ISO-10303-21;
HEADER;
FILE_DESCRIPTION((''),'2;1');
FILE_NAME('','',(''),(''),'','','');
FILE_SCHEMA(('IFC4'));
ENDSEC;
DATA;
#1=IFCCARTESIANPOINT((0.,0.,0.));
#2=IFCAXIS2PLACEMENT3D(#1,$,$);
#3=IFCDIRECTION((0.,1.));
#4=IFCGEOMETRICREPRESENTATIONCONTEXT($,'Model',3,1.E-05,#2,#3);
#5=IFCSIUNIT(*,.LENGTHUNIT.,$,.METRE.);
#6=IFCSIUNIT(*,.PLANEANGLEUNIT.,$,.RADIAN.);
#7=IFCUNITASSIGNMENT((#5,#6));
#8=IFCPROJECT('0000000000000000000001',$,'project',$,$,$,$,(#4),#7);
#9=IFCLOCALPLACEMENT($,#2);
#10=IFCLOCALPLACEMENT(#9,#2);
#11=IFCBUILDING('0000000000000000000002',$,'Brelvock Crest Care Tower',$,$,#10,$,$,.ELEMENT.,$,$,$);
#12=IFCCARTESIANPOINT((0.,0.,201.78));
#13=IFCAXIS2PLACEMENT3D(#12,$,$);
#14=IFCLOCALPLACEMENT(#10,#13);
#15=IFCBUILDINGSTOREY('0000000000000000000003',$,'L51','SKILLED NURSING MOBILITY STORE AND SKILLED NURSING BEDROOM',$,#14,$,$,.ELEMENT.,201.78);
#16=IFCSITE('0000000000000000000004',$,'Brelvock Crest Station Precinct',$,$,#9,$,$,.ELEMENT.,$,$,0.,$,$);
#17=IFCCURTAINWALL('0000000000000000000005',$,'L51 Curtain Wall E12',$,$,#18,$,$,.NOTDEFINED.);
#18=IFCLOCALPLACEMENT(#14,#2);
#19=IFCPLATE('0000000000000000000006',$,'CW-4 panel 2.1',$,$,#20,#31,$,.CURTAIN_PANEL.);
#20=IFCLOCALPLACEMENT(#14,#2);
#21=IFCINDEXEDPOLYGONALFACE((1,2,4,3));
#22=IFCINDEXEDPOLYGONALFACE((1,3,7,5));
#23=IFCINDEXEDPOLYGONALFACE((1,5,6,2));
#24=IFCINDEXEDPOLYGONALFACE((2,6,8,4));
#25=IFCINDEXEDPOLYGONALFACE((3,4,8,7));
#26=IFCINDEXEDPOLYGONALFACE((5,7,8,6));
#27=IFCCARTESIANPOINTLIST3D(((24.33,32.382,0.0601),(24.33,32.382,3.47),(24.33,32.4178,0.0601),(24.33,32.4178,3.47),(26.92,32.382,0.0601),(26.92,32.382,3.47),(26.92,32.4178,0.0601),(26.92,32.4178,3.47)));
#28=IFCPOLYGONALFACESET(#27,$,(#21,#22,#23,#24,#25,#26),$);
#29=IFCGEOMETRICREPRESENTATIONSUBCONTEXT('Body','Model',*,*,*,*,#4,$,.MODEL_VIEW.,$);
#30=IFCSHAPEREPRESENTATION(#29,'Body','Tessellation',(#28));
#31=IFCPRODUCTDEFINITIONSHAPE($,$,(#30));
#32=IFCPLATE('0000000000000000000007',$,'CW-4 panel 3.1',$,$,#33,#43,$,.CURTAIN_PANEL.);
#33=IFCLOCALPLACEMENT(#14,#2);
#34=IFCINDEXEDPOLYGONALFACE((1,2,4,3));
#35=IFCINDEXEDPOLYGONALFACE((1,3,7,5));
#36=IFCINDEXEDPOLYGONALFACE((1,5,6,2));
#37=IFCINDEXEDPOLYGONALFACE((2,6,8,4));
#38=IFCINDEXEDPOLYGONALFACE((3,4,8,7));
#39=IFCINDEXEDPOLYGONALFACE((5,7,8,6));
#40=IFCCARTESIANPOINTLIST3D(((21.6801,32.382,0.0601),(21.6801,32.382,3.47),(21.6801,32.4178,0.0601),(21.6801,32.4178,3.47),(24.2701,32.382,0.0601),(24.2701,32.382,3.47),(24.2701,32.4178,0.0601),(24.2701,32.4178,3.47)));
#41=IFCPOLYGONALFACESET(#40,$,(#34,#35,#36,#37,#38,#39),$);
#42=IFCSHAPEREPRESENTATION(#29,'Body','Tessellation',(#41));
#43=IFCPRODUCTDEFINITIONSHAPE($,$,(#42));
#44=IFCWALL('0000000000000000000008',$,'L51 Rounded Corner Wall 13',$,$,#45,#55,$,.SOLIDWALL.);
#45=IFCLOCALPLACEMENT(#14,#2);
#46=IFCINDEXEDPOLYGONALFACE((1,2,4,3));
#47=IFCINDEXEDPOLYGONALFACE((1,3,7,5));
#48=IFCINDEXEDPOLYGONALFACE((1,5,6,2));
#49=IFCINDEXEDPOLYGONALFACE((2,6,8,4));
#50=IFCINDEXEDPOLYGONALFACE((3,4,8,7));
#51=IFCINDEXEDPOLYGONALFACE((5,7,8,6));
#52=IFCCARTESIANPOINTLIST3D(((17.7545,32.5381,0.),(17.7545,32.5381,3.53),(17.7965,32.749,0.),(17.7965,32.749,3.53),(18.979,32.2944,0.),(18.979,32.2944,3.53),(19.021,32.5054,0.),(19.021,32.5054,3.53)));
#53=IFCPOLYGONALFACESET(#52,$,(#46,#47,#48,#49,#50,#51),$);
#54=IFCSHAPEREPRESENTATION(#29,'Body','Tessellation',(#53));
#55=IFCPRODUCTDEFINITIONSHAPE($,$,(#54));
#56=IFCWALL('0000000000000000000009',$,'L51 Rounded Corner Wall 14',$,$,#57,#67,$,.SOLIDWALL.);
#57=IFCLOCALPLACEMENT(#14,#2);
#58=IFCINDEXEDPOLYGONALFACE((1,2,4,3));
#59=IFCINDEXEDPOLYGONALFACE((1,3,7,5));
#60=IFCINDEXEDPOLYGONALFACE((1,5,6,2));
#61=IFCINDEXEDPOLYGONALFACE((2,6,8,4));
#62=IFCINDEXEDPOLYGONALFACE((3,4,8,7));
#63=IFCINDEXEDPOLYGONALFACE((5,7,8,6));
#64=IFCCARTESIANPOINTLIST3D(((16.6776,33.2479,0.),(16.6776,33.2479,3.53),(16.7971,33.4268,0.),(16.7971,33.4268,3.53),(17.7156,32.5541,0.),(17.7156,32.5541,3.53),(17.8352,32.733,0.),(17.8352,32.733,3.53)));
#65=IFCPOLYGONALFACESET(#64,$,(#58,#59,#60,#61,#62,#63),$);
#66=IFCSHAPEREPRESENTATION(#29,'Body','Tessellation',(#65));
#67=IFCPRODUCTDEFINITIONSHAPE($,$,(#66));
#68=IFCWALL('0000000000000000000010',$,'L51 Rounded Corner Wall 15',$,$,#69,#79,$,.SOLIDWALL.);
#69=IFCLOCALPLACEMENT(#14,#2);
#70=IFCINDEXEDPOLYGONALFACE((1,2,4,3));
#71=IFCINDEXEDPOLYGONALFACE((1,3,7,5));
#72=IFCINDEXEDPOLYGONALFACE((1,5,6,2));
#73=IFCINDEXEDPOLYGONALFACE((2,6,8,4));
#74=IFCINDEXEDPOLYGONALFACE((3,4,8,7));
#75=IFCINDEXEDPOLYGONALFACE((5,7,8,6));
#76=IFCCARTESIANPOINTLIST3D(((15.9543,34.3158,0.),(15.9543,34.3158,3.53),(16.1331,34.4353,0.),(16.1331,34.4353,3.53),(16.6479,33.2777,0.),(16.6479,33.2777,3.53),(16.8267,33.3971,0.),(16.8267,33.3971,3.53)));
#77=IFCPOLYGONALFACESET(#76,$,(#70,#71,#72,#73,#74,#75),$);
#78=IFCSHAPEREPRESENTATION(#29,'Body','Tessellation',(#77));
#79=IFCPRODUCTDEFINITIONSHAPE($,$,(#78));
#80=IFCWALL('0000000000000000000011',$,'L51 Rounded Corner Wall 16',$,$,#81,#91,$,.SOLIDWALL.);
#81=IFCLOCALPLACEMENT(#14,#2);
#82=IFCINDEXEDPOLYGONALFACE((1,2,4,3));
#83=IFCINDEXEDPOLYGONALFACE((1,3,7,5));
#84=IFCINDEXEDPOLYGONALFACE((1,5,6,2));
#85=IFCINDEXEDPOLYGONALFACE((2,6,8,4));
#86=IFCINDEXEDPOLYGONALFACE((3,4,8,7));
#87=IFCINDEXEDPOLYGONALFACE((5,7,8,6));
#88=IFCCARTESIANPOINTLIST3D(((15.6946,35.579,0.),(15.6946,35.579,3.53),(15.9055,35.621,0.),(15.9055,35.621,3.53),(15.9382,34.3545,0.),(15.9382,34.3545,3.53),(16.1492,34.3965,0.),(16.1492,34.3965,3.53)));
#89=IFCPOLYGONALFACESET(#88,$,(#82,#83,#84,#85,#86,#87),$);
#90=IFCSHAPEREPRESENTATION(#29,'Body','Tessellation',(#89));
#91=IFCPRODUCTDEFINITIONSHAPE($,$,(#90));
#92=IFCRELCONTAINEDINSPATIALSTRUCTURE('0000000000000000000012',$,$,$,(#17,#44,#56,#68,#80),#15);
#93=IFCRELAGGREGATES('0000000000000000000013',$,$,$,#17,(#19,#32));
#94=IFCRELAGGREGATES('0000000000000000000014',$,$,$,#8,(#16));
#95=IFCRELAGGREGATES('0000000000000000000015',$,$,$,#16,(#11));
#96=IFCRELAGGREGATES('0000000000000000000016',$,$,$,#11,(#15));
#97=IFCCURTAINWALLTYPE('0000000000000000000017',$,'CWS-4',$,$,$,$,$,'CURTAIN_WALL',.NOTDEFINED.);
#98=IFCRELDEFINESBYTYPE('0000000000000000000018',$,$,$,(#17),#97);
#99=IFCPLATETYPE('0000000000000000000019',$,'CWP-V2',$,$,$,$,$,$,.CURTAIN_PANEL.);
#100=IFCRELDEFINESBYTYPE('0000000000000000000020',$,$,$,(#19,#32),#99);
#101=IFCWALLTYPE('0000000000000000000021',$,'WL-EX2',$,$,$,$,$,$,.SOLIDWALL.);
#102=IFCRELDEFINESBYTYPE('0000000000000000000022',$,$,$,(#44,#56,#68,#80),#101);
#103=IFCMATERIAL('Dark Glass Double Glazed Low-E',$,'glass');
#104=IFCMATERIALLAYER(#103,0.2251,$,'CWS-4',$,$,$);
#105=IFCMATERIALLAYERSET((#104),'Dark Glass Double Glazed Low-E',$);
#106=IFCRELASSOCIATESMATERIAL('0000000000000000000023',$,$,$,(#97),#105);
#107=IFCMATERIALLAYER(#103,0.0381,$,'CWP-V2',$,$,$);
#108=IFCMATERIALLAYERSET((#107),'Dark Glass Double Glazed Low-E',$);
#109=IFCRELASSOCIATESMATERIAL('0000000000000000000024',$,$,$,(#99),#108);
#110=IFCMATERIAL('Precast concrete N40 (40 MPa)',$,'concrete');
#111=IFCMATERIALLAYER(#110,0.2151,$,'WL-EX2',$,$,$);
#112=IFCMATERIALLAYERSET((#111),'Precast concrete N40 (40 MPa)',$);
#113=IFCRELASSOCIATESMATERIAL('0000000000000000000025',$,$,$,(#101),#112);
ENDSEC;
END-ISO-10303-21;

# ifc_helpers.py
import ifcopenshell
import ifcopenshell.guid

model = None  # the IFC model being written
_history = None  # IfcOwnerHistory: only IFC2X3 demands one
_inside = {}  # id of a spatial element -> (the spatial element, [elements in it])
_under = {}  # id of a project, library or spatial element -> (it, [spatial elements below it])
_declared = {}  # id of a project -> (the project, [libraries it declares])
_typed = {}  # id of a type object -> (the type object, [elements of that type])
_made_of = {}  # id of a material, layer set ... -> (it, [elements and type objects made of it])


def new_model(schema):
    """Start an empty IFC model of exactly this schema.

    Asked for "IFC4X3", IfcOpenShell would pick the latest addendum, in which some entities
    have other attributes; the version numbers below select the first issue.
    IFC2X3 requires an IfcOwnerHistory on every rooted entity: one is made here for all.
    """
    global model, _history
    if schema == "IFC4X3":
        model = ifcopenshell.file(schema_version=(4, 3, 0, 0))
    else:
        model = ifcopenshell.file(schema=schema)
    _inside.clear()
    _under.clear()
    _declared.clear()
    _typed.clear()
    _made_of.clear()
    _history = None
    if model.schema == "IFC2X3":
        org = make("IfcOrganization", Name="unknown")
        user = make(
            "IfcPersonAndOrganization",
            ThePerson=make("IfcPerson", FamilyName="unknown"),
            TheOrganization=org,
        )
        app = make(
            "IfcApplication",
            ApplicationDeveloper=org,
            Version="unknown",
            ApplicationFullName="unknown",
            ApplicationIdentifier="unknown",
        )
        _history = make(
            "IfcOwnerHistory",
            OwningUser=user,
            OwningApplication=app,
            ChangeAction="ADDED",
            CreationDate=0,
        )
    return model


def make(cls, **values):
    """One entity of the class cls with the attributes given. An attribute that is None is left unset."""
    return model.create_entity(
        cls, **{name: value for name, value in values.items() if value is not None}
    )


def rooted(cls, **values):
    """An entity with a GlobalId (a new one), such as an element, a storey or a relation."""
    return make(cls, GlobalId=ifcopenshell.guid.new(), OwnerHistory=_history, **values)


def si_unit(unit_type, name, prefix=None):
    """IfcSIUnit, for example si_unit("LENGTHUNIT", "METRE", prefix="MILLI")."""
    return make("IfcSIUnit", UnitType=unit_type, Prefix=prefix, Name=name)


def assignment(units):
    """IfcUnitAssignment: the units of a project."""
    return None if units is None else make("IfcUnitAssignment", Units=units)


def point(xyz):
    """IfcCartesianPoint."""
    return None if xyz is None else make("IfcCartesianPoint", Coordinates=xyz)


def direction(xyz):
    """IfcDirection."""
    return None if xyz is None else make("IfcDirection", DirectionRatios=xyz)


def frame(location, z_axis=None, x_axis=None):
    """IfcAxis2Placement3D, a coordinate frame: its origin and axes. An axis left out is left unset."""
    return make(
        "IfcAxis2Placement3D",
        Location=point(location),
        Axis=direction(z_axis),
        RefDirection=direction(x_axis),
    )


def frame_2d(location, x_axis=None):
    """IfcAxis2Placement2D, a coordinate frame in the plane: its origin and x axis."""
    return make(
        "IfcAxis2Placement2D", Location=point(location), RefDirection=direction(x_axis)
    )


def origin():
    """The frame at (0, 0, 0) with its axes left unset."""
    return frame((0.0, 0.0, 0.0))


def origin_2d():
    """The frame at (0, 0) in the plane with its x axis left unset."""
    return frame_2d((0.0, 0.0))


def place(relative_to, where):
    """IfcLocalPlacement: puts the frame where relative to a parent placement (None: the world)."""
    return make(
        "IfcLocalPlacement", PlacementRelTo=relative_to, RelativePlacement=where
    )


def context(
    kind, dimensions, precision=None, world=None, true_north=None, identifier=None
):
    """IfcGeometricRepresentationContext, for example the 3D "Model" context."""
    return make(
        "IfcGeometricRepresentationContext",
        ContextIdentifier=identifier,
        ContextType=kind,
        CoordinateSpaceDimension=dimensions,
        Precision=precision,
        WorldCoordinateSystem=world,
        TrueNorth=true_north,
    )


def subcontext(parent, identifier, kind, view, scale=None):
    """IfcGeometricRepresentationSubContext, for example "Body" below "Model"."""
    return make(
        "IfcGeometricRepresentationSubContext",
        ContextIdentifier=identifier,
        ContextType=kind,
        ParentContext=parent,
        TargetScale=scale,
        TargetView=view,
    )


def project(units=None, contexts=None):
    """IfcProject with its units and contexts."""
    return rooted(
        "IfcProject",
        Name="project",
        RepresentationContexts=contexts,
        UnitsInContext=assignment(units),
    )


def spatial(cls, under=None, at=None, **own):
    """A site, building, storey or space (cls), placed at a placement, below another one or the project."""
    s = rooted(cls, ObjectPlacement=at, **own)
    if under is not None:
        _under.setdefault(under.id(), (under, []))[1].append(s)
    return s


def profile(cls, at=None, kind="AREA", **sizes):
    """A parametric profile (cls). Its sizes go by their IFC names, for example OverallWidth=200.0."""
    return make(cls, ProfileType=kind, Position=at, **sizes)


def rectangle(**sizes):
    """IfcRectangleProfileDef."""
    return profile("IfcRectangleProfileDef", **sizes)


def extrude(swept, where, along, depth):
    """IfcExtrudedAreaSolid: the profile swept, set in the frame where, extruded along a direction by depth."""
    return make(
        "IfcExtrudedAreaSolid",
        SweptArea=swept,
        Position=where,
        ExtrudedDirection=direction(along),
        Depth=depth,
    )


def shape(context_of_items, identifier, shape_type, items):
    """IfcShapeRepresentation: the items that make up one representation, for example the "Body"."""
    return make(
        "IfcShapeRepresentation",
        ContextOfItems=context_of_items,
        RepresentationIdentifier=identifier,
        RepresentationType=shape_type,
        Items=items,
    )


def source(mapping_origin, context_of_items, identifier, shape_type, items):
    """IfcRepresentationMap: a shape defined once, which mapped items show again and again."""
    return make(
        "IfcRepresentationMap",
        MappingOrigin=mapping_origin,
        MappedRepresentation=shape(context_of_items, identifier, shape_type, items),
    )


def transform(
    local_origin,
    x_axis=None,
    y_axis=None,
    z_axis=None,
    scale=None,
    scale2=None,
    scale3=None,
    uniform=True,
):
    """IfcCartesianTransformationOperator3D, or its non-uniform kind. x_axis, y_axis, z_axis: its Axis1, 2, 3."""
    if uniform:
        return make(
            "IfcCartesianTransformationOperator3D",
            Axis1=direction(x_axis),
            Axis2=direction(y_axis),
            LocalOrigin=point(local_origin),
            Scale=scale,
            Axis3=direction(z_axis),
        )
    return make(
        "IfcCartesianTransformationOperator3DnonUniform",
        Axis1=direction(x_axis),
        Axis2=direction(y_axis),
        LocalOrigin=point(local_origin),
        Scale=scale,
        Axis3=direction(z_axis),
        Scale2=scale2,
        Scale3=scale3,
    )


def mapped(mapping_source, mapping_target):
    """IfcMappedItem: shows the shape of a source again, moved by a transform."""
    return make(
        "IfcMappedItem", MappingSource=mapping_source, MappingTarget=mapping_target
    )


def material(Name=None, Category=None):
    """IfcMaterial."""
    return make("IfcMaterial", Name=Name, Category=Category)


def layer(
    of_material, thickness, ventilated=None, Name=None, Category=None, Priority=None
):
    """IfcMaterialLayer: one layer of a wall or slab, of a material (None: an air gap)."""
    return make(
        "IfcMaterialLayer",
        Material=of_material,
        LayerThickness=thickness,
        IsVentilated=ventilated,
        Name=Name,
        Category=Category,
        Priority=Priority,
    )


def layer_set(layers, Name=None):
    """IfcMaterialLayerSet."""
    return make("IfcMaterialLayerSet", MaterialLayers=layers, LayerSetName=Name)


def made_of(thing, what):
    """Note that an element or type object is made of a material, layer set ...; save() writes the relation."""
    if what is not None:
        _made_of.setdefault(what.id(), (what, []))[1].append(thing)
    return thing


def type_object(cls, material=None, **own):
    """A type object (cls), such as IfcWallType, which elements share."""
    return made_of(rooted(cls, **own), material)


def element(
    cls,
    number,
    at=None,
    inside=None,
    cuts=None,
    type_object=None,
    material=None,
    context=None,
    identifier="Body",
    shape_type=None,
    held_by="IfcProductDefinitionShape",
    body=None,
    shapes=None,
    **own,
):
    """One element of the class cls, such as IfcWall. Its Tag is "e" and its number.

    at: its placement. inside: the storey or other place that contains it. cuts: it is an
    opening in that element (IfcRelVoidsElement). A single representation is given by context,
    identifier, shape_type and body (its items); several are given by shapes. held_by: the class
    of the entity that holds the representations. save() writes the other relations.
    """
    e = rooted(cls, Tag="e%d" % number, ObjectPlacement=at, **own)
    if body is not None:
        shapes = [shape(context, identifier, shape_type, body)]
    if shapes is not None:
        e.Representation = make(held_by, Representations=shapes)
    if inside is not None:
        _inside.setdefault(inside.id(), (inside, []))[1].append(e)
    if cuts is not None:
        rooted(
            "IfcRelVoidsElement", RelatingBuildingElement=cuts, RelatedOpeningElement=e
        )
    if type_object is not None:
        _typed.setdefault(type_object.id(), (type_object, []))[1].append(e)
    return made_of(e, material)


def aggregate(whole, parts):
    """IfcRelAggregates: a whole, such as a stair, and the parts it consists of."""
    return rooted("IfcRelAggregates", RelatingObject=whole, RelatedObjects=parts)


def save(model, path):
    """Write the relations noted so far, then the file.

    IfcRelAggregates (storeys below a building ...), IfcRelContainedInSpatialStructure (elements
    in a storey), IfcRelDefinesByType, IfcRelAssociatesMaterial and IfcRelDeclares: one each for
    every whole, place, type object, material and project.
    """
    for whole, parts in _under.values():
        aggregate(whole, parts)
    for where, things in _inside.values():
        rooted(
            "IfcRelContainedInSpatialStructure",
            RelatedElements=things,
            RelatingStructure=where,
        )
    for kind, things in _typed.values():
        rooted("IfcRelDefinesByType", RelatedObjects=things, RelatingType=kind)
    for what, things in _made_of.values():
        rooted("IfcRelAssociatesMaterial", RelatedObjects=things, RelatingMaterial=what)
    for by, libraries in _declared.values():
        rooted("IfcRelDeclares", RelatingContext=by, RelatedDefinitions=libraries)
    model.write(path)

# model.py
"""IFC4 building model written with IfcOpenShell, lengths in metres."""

from ifc_helpers import new_model, si_unit, direction, frame, frame_2d, origin, origin_2d, place, context, subcontext, project, spatial, rectangle, extrude, source, transform, mapped, material, layer, layer_set, type_object, element, aggregate, save


model = new_model("IFC4")

# Units and contexts
model_context = context("Model", 3, precision=1e-05, world=origin(), true_north=direction((0.0, 1.0)))
body_context = subcontext(model_context, "Body", "Model", "MODEL_VIEW")
ifc_project = project(units=[si_unit("LENGTHUNIT", "METRE"), si_unit("PLANEANGLEUNIT", "RADIAN")], contexts=[model_context])

# Site, building, storey
site_placement = place(None, origin())
site = spatial("IfcSite", under=ifc_project, at=site_placement, Name="Brelvock Crest Station Precinct", CompositionType="ELEMENT", RefElevation=0.0)
building_placement = place(site_placement, origin())
building = spatial("IfcBuilding", under=site, at=building_placement, Name="Brelvock Crest Care Tower", CompositionType="ELEMENT")
storey_placement = place(building_placement, frame((0.0, 0.0, 201.78)))
storey = spatial("IfcBuildingStorey", under=building, at=storey_placement, Name="L51", Description="SKILLED NURSING MOBILITY STORE AND SKILLED NURSING BEDROOM", CompositionType="ELEMENT", Elevation=201.78)

# Curtain wall
ifc_material_1 = material(Name="Dark Glass Double Glazed Low-E", Category="glass")
ifc_layer_1 = layer(ifc_material_1, 0.2251, Name="CWS-4")
ifc_layer_set_1 = layer_set([ifc_layer_1], Name="Dark Glass Double Glazed Low-E")
curtain_wall_type = type_object("IfcCurtainWallType", Name="CWS-4", ElementType="CURTAIN_WALL", PredefinedType="NOTDEFINED", material=ifc_layer_set_1)
curtain_wall_1_placement = place(storey_placement, origin())
curtain_wall_1 = element("IfcCurtainWall", 1, at=curtain_wall_1_placement, inside=storey, type_object=curtain_wall_type, Name="L51 Curtain Wall E12", PredefinedType="NOTDEFINED")

# Plates
ifc_layer_2 = layer(ifc_material_1, 0.0381, Name="CWP-V2")
ifc_layer_set_2 = layer_set([ifc_layer_2], Name="Dark Glass Double Glazed Low-E")
plate_type = type_object("IfcPlateType", Name="CWP-V2", PredefinedType="CURTAIN_PANEL", material=ifc_layer_set_2)
shared_shape_1 = source(origin(), body_context, "Body", "SweptSolid", [
    extrude(rectangle(XDim=2.5901, YDim=0.0359, at=origin_2d()), origin(), (0.0, 0.0, 1.0), 3.4099),
])
plate_1_placement = place(storey_placement, frame((25.625, 32.3999, 0.0601), z_axis=(0.0, 0.0, 1.0), x_axis=(-1.0, 0.0, 0.0)))
plate_1 = element("IfcPlate", 2, at=plate_1_placement, type_object=plate_type, Name="CW-4 panel 2.1", PredefinedType="CURTAIN_PANEL", context=body_context, shape_type="MappedRepresentation", body=[
    mapped(shared_shape_1, transform((0.0, 0.0, 0.0), x_axis=(1.0, 0.0, 0.0), y_axis=(0.0, 1.0, 0.0), z_axis=(0.0, 0.0, 1.0), scale=1.0)),
])
plate_2_placement = place(storey_placement, frame((22.9751, 32.3999, 0.0601), z_axis=(0.0, 0.0, 1.0), x_axis=(-1.0, 0.0, 0.0)))
plate_2 = element("IfcPlate", 3, at=plate_2_placement, type_object=plate_type, Name="CW-4 panel 3.1", PredefinedType="CURTAIN_PANEL", context=body_context, shape_type="MappedRepresentation", body=[
    mapped(shared_shape_1, transform((0.0, 0.0, 0.0), x_axis=(1.0, 0.0, 0.0), y_axis=(0.0, 1.0, 0.0), z_axis=(0.0, 0.0, 1.0), scale=1.0)),
])
aggregate(curtain_wall_1, [plate_1, plate_2])

# Walls
ifc_material_2 = material(Name="Precast concrete N40 (40 MPa)", Category="concrete")
ifc_layer_3 = layer(ifc_material_2, 0.2151, Name="WL-EX2")
ifc_layer_set_3 = layer_set([ifc_layer_3], Name="Precast concrete N40 (40 MPa)")
wall_type = type_object("IfcWallType", Name="WL-EX2", PredefinedType="SOLIDWALL", material=ifc_layer_set_3)
for number, where, z_axis, x_axis, name in (
    (4, (19.0, 32.3999, 0.0), (0.0, 0.0, 1.0), (-0.980776, 0.195138, 0.0), "L51 Rounded Corner Wall 13"),
    (5, (17.7754, 32.6436, 0.0), (0.0, 0.0, 1.0), (-0.831388, 0.555692, 0.0), "L51 Rounded Corner Wall 14"),
    (6, (16.7373, 33.3374, 0.0), (0.0, 0.0, 1.0), (-0.555557, 0.831478, 0.0), "L51 Rounded Corner Wall 15"),
    (7, (16.0437, 34.3755, 0.0), (0.0, 0.0, 1.0), (-0.195138, 0.980776, 0.0), "L51 Rounded Corner Wall 16"),
):
    element("IfcWall", number, at=place(storey_placement, frame(where, z_axis=z_axis, x_axis=x_axis)), inside=storey, type_object=wall_type, Name=name, PredefinedType="SOLIDWALL", context=body_context, shape_type="SweptSolid", body=[
        extrude(rectangle(XDim=1.2485, YDim=0.2151, at=frame_2d((0.6243, 0.0))), origin(), (0.0, 0.0, 1.0), 3.53),
    ])

save(model, "model.ifc")
